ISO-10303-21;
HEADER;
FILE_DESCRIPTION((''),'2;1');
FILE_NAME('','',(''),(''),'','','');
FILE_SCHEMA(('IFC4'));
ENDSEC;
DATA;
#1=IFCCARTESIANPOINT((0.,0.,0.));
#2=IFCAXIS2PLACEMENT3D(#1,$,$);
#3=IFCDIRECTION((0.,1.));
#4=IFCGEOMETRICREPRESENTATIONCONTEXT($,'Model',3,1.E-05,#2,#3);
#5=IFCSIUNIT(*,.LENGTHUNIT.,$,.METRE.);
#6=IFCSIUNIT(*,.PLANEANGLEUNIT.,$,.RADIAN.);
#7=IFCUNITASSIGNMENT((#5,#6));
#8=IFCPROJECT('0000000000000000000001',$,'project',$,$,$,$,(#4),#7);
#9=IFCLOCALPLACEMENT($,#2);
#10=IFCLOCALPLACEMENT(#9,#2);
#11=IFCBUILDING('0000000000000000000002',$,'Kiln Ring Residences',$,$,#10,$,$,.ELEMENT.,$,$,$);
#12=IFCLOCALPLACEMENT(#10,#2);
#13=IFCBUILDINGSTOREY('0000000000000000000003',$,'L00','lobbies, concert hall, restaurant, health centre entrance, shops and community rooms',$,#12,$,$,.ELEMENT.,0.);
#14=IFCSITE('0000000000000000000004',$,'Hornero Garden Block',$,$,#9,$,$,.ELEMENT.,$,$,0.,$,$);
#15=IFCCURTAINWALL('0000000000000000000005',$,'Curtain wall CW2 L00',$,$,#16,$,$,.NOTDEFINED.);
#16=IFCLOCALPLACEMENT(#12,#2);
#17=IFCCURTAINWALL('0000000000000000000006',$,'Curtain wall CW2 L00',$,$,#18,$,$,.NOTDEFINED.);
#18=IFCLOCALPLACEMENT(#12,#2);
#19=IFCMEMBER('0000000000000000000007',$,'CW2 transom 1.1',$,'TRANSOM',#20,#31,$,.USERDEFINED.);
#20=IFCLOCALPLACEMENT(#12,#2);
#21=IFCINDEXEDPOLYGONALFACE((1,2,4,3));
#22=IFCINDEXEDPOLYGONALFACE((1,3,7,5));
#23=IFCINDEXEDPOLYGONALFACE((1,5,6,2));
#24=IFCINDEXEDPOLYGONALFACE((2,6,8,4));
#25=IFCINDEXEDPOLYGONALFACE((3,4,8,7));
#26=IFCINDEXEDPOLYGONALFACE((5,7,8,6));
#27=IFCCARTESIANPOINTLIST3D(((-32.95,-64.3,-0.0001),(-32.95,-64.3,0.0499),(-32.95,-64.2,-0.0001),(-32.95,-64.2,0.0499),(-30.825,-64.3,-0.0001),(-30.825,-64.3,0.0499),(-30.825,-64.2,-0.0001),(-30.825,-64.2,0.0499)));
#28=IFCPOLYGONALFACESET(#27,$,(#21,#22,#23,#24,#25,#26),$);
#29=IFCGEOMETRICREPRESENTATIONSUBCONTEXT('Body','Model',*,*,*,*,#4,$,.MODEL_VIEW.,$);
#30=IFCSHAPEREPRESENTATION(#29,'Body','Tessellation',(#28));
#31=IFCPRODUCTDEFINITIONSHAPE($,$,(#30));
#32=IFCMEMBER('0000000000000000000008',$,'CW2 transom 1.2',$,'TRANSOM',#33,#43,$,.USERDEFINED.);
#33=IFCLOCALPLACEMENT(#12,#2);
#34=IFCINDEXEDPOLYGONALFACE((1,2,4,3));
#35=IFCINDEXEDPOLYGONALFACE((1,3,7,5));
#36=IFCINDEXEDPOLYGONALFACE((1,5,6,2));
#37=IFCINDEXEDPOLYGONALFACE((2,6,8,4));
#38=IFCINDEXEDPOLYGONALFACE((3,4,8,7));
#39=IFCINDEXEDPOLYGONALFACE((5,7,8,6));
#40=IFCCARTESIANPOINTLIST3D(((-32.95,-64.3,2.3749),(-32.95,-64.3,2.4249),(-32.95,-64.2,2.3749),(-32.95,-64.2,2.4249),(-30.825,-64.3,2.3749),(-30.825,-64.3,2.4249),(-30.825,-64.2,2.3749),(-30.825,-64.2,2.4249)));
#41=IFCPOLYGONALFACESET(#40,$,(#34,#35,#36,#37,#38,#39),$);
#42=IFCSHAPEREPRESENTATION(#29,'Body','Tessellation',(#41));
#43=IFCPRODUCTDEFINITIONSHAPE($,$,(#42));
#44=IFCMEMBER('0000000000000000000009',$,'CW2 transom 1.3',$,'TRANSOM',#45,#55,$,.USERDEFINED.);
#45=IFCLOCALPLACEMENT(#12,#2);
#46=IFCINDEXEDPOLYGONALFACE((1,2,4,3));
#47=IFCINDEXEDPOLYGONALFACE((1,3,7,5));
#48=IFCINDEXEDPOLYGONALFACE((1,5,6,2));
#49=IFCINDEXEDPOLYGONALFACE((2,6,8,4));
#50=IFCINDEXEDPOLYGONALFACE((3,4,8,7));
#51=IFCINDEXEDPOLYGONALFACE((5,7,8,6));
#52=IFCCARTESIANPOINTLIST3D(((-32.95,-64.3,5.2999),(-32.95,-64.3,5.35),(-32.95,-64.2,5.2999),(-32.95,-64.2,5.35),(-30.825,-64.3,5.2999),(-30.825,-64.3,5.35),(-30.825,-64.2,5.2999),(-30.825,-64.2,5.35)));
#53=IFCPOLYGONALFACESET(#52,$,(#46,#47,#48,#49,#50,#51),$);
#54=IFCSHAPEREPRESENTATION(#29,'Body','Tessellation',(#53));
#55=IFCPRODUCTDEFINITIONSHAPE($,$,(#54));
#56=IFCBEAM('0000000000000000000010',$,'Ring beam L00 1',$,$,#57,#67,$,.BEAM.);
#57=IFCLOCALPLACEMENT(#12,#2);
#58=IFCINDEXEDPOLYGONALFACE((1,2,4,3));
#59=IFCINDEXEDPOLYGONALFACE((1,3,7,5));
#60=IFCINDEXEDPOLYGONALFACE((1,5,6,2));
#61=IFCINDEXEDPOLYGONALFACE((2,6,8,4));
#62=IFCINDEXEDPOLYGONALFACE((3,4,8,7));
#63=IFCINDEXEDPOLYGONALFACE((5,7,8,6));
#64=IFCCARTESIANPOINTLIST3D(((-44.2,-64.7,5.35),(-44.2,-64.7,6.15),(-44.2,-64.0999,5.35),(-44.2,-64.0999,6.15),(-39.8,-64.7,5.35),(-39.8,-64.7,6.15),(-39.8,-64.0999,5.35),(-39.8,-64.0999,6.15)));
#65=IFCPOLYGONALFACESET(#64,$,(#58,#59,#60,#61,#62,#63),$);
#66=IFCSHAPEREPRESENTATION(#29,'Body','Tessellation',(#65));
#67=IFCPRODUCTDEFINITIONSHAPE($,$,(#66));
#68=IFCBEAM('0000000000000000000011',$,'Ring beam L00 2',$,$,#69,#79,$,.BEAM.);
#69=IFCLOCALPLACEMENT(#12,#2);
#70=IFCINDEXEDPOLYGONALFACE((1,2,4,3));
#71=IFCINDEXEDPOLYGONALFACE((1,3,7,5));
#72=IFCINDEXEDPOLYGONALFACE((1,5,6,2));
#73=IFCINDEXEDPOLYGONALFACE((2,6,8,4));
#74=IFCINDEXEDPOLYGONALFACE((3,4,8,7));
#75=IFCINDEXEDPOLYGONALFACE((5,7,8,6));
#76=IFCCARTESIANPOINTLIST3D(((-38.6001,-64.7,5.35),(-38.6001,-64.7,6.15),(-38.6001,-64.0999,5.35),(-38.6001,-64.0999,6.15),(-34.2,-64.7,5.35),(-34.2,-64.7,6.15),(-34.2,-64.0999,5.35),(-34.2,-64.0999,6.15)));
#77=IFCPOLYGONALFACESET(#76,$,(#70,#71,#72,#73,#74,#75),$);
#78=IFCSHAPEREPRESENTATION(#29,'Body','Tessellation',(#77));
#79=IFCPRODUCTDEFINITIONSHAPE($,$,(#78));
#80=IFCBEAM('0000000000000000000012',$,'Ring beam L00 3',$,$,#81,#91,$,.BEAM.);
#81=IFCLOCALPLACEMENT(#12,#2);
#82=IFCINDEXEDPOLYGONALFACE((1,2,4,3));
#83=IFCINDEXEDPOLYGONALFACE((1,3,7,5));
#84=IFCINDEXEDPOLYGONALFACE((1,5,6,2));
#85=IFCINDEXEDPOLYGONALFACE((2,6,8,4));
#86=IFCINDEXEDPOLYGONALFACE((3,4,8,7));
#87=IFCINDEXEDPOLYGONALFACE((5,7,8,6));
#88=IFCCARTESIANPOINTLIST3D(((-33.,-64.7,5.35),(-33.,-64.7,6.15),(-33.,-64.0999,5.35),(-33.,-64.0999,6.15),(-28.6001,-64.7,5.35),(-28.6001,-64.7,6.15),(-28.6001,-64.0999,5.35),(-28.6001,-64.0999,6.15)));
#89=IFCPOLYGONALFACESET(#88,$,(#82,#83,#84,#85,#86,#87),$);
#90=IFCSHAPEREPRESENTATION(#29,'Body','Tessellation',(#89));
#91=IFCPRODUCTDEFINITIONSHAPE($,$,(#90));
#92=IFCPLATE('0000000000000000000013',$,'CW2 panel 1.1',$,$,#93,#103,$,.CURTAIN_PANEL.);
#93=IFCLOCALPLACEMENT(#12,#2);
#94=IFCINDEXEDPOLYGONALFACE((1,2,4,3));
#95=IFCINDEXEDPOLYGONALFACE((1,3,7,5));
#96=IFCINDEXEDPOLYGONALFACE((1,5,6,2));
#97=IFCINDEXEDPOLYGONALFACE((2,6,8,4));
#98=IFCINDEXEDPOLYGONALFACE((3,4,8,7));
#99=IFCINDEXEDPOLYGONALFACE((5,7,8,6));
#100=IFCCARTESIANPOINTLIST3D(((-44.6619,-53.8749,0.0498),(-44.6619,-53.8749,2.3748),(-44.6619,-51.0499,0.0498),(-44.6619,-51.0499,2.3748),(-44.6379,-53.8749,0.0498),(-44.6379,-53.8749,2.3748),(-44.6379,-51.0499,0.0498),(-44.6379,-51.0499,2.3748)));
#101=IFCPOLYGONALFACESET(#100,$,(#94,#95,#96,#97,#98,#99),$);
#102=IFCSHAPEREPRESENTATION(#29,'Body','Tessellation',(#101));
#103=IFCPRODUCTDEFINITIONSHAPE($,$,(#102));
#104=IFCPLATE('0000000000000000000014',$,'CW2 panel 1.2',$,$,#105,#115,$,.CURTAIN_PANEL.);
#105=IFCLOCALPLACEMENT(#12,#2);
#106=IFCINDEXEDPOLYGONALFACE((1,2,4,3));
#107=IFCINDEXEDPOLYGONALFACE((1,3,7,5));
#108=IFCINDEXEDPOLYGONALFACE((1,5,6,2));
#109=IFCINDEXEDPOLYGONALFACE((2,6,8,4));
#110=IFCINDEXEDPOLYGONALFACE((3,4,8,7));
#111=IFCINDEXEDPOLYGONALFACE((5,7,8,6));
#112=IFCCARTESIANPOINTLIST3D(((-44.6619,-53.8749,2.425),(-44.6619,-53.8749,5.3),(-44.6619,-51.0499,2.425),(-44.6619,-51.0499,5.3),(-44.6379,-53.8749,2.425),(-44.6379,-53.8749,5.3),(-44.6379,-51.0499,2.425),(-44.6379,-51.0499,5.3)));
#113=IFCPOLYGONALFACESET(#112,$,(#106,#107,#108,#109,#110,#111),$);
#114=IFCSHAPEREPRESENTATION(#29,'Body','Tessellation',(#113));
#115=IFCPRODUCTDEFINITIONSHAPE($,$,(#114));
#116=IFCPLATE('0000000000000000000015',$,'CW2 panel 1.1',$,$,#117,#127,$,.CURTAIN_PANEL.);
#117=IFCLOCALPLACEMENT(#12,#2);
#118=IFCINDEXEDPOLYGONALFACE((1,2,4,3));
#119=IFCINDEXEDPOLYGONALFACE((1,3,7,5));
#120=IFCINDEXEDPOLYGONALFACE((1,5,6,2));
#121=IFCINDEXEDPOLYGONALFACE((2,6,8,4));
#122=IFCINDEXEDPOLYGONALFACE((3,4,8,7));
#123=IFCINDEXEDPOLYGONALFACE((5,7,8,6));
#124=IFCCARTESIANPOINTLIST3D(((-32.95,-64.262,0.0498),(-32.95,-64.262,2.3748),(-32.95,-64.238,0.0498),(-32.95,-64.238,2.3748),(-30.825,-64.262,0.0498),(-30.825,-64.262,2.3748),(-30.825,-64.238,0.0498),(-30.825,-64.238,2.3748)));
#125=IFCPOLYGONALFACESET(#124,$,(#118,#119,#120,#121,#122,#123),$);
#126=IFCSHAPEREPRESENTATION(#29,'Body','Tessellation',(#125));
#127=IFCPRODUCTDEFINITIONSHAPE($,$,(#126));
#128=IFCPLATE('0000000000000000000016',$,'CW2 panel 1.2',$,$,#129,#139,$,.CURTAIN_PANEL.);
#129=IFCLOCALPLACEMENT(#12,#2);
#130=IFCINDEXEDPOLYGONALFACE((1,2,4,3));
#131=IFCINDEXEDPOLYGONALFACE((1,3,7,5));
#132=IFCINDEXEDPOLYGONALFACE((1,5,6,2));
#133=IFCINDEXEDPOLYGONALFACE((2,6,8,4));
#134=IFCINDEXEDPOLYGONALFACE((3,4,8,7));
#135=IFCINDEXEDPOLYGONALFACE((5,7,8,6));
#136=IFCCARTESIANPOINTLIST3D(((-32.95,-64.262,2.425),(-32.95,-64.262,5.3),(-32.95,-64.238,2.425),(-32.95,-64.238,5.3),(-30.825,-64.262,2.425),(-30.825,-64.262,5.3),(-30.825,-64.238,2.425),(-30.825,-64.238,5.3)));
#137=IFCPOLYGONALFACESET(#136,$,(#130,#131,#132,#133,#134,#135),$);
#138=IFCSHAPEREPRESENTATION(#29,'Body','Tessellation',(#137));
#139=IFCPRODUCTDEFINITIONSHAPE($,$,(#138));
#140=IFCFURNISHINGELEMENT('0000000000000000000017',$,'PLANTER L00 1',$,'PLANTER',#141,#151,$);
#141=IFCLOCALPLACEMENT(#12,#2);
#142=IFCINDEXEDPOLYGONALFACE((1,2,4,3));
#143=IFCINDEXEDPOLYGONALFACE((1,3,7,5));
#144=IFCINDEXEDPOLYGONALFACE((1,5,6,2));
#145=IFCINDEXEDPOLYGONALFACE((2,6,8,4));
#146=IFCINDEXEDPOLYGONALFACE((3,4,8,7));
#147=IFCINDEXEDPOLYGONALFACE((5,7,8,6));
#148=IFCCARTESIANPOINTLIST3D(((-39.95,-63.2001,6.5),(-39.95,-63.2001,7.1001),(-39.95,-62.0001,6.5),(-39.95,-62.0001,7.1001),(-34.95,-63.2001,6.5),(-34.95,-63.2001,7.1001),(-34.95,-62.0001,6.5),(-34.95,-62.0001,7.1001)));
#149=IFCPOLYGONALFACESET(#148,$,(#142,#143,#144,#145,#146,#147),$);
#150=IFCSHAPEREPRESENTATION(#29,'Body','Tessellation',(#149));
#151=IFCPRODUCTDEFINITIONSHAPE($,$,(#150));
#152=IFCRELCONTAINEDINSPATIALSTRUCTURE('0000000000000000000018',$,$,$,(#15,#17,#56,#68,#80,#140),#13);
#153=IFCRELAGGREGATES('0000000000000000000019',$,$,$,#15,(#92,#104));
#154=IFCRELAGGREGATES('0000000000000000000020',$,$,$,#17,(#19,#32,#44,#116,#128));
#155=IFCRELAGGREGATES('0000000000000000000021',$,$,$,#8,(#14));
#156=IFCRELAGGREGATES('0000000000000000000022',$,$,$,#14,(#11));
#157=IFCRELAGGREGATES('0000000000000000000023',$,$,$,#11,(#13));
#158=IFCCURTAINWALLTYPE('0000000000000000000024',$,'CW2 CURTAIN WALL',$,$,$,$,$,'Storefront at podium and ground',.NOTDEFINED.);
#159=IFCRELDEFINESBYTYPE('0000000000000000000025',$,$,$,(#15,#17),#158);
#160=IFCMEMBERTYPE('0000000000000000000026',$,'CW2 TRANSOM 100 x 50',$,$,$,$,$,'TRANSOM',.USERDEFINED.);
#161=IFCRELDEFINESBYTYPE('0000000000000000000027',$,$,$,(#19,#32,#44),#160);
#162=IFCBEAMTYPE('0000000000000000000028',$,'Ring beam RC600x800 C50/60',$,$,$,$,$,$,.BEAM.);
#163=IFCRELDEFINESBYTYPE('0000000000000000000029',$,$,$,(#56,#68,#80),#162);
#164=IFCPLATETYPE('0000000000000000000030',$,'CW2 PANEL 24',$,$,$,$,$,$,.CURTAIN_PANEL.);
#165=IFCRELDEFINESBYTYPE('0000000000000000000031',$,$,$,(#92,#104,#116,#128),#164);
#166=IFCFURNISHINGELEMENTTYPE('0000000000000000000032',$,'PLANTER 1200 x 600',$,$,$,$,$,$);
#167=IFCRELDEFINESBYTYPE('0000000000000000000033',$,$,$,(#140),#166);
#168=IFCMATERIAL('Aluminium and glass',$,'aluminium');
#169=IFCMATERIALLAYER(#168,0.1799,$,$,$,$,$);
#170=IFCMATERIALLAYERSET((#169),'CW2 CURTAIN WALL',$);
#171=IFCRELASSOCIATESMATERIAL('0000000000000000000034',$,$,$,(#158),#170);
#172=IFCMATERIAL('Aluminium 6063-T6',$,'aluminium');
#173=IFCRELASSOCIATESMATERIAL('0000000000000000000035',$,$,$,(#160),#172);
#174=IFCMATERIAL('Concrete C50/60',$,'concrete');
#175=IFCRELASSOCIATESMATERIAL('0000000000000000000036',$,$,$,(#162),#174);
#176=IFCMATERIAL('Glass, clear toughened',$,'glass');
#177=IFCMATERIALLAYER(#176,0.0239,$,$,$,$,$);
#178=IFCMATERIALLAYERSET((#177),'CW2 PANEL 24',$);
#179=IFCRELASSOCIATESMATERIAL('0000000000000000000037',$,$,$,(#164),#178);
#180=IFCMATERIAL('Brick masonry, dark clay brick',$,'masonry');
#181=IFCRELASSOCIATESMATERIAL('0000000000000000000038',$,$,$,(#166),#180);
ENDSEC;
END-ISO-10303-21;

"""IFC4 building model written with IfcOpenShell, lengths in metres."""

from ifc_helpers import new_model, si_unit, direction, frame, origin, origin_2d, place, context, subcontext, project, spatial, rectangle, extrude, material, layer, layer_set, material_profile, profile_set, type_object, element, aggregate, save


model = new_model("IFC4")

# Units and contexts
model_context = context("Model", 3, precision=1e-05, world=origin(), true_north=direction((0.0, 1.0)))
body_context = subcontext(model_context, "Body", "Model", "MODEL_VIEW")
ifc_project = project(units=[si_unit("LENGTHUNIT", "METRE"), si_unit("PLANEANGLEUNIT", "RADIAN")], contexts=[model_context])

# Site, building, storey
site_placement = place(None, origin())
site = spatial("IfcSite", under=ifc_project, at=site_placement, Name="Hornero Garden Block", CompositionType="ELEMENT", RefElevation=0.0)
building_placement = place(site_placement, origin())
building = spatial("IfcBuilding", under=site, at=building_placement, Name="Kiln Ring Residences", CompositionType="ELEMENT")
storey_placement = place(building_placement, origin())
storey = spatial("IfcBuildingStorey", under=building, at=storey_placement, Name="L00", Description="lobbies, concert hall, restaurant, health centre entrance, shops and community rooms", CompositionType="ELEMENT", Elevation=0.0)

# Curtain walls
ifc_material_1 = material(Name="Aluminium and glass", Category="aluminium")
ifc_layer_1 = layer(ifc_material_1, 0.1799)
ifc_layer_set_1 = layer_set([ifc_layer_1], Name="CW2 CURTAIN WALL")
curtain_wall_type = type_object("IfcCurtainWallType", Name="CW2 CURTAIN WALL", ElementType="Storefront at podium and ground", PredefinedType="NOTDEFINED", material=ifc_layer_set_1)
placement = place(storey_placement, origin())
curtain_wall_1 = element("IfcCurtainWall", 1, at=placement, inside=storey, type_object=curtain_wall_type, Name="Curtain wall CW2 L00", PredefinedType="NOTDEFINED")
curtain_wall_2 = element("IfcCurtainWall", 2, at=placement, inside=storey, type_object=curtain_wall_type, Name="Curtain wall CW2 L00", PredefinedType="NOTDEFINED")

# Members
ifc_material_2 = material(Name="Aluminium 6063-T6", Category="aluminium")
ifc_material_profile_1 = material_profile(ifc_material_2, rectangle(XDim=0.1001, YDim=0.05, at=origin_2d()), Name="AL 100x50")
ifc_profile_set_1 = profile_set([ifc_material_profile_1], Name="Aluminium 6063-T6")
member_type_1 = type_object("IfcMemberType", Name="CW2 TRANSOM 100 x 50", ElementType="TRANSOM", PredefinedType="USERDEFINED", material=ifc_profile_set_1)
member_1_placement = place(storey_placement, frame((-32.95, -64.25, 0.0249), z_axis=(1.0, 0.0, 0.0), x_axis=(0.0, 1.0, 0.0)))
member_1 = element("IfcMember", 3, at=member_1_placement, type_object=member_type_1, Name="CW2 transom 1.1", ObjectType="TRANSOM", PredefinedType="USERDEFINED", context=body_context, shape_type="SweptSolid", body=[
    extrude(rectangle(XDim=0.1001, YDim=0.05, at=origin_2d()), origin(), (0.0, 0.0, 1.0), 2.125),
])
member_2_placement = place(storey_placement, frame((-32.95, -64.25, 2.3999), z_axis=(1.0, 0.0, 0.0), x_axis=(0.0, 1.0, 0.0)))
member_2 = element("IfcMember", 4, at=member_2_placement, type_object=member_type_1, Name="CW2 transom 1.2", ObjectType="TRANSOM", PredefinedType="USERDEFINED", context=body_context, shape_type="SweptSolid", body=[
    extrude(rectangle(XDim=0.1001, YDim=0.05, at=origin_2d()), origin(), (0.0, 0.0, 1.0), 2.125),
])
member_3_placement = place(storey_placement, frame((-32.95, -64.25, 5.325), z_axis=(1.0, 0.0, 0.0), x_axis=(0.0, 1.0, 0.0)))
member_3 = element("IfcMember", 5, at=member_3_placement, type_object=member_type_1, Name="CW2 transom 1.3", ObjectType="TRANSOM", PredefinedType="USERDEFINED", context=body_context, shape_type="SweptSolid", body=[
    extrude(rectangle(XDim=0.1001, YDim=0.05, at=origin_2d()), origin(), (0.0, 0.0, 1.0), 2.125),
])

# Beams
ifc_material_3 = material(Name="Concrete C50/60", Category="concrete")
ifc_material_profile_2 = material_profile(ifc_material_3, rectangle(XDim=0.6001, YDim=0.8, at=origin_2d()), Name="RC600x800")
ifc_profile_set_2 = profile_set([ifc_material_profile_2], Name="Concrete C50/60")
beam_type = type_object("IfcBeamType", Name="Ring beam RC600x800 C50/60", PredefinedType="BEAM", material=ifc_profile_set_2)
beam_1_placement = place(storey_placement, frame((-44.2, -64.3999, 5.75), z_axis=(1.0, 0.0, 0.0), x_axis=(0.0, 1.0, 0.0)))
element("IfcBeam", 6, at=beam_1_placement, inside=storey, type_object=beam_type, Name="Ring beam L00 1", PredefinedType="BEAM", context=body_context, shape_type="SweptSolid", body=[
    extrude(rectangle(XDim=0.6001, YDim=0.8, at=origin_2d()), origin(), (0.0, 0.0, 1.0), 4.3999),
])
beam_2_placement = place(storey_placement, frame((-38.6001, -64.3999, 5.75), z_axis=(1.0, 0.0, 0.0), x_axis=(0.0, 1.0, 0.0)))
element("IfcBeam", 7, at=beam_2_placement, inside=storey, type_object=beam_type, Name="Ring beam L00 2", PredefinedType="BEAM", context=body_context, shape_type="SweptSolid", body=[
    extrude(rectangle(XDim=0.6001, YDim=0.8, at=origin_2d()), origin(), (0.0, 0.0, 1.0), 4.4001),
])
beam_3_placement = place(storey_placement, frame((-33.0, -64.3999, 5.75), z_axis=(1.0, 0.0, 0.0), x_axis=(0.0, 1.0, 0.0)))
element("IfcBeam", 8, at=beam_3_placement, inside=storey, type_object=beam_type, Name="Ring beam L00 3", PredefinedType="BEAM", context=body_context, shape_type="SweptSolid", body=[
    extrude(rectangle(XDim=0.6001, YDim=0.8, at=origin_2d()), origin(), (0.0, 0.0, 1.0), 4.3999),
])

# Plates
ifc_material_4 = material(Name="Glass, clear toughened", Category="glass")
ifc_layer_2 = layer(ifc_material_4, 0.0239)
ifc_layer_set_2 = layer_set([ifc_layer_2], Name="CW2 PANEL 24")
plate_type = type_object("IfcPlateType", Name="CW2 PANEL 24", PredefinedType="CURTAIN_PANEL", material=ifc_layer_set_2)
plate_1_placement = place(storey_placement, frame((-44.6499, -52.4624, 0.0498), z_axis=(0.0, 0.0, 1.0), x_axis=(0.0, -1.0, 0.0)))
plate_1 = element("IfcPlate", 9, at=plate_1_placement, type_object=plate_type, Name="CW2 panel 1.1", PredefinedType="CURTAIN_PANEL", context=body_context, shape_type="SweptSolid", body=[
    extrude(rectangle(XDim=2.825, YDim=0.0239, at=origin_2d()), origin(), (0.0, 0.0, 1.0), 2.325),
])
plate_2_placement = place(storey_placement, frame((-44.6499, -52.4624, 2.425), z_axis=(0.0, 0.0, 1.0), x_axis=(0.0, -1.0, 0.0)))
plate_2 = element("IfcPlate", 10, at=plate_2_placement, type_object=plate_type, Name="CW2 panel 1.2", PredefinedType="CURTAIN_PANEL", context=body_context, shape_type="SweptSolid", body=[
    extrude(rectangle(XDim=2.825, YDim=0.0239, at=origin_2d()), origin(), (0.0, 0.0, 1.0), 2.875),
])
aggregate(curtain_wall_1, [plate_1, plate_2])
plate_3_placement = place(storey_placement, frame((-31.8875, -64.25, 0.0498), z_axis=(0.0, 0.0, 1.0), x_axis=(1.0, 0.0, 0.0)))
plate_3 = element("IfcPlate", 11, at=plate_3_placement, type_object=plate_type, Name="CW2 panel 1.1", PredefinedType="CURTAIN_PANEL", context=body_context, shape_type="SweptSolid", body=[
    extrude(rectangle(XDim=2.125, YDim=0.0239, at=origin_2d()), origin(), (0.0, 0.0, 1.0), 2.325),
])
plate_4_placement = place(storey_placement, frame((-31.8875, -64.25, 2.425), z_axis=(0.0, 0.0, 1.0), x_axis=(1.0, 0.0, 0.0)))
plate_4 = element("IfcPlate", 12, at=plate_4_placement, type_object=plate_type, Name="CW2 panel 1.2", PredefinedType="CURTAIN_PANEL", context=body_context, shape_type="SweptSolid", body=[
    extrude(rectangle(XDim=2.125, YDim=0.0239, at=origin_2d()), origin(), (0.0, 0.0, 1.0), 2.875),
])
aggregate(curtain_wall_2, [member_1, member_2, member_3, plate_3, plate_4])

# Furnishing element
ifc_material_5 = material(Name="Brick masonry, dark clay brick", Category="masonry")
furnishing_element_type = type_object("IfcFurnishingElementType", Name="PLANTER 1200 x 600", material=ifc_material_5)
furnishing_placement = place(storey_placement, frame((-37.45, -62.6001, 6.5), z_axis=(0.0, 0.0, 1.0), x_axis=(1.0, 0.0, 0.0)))
element("IfcFurnishingElement", 13, at=furnishing_placement, inside=storey, type_object=furnishing_element_type, Name="PLANTER L00 1", ObjectType="PLANTER", context=body_context, shape_type="SweptSolid", body=[
    extrude(rectangle(XDim=5.0, YDim=1.2, at=origin_2d()), origin(), (0.0, 0.0, 1.0), 0.6001),
])

save(model, "model.ifc")
